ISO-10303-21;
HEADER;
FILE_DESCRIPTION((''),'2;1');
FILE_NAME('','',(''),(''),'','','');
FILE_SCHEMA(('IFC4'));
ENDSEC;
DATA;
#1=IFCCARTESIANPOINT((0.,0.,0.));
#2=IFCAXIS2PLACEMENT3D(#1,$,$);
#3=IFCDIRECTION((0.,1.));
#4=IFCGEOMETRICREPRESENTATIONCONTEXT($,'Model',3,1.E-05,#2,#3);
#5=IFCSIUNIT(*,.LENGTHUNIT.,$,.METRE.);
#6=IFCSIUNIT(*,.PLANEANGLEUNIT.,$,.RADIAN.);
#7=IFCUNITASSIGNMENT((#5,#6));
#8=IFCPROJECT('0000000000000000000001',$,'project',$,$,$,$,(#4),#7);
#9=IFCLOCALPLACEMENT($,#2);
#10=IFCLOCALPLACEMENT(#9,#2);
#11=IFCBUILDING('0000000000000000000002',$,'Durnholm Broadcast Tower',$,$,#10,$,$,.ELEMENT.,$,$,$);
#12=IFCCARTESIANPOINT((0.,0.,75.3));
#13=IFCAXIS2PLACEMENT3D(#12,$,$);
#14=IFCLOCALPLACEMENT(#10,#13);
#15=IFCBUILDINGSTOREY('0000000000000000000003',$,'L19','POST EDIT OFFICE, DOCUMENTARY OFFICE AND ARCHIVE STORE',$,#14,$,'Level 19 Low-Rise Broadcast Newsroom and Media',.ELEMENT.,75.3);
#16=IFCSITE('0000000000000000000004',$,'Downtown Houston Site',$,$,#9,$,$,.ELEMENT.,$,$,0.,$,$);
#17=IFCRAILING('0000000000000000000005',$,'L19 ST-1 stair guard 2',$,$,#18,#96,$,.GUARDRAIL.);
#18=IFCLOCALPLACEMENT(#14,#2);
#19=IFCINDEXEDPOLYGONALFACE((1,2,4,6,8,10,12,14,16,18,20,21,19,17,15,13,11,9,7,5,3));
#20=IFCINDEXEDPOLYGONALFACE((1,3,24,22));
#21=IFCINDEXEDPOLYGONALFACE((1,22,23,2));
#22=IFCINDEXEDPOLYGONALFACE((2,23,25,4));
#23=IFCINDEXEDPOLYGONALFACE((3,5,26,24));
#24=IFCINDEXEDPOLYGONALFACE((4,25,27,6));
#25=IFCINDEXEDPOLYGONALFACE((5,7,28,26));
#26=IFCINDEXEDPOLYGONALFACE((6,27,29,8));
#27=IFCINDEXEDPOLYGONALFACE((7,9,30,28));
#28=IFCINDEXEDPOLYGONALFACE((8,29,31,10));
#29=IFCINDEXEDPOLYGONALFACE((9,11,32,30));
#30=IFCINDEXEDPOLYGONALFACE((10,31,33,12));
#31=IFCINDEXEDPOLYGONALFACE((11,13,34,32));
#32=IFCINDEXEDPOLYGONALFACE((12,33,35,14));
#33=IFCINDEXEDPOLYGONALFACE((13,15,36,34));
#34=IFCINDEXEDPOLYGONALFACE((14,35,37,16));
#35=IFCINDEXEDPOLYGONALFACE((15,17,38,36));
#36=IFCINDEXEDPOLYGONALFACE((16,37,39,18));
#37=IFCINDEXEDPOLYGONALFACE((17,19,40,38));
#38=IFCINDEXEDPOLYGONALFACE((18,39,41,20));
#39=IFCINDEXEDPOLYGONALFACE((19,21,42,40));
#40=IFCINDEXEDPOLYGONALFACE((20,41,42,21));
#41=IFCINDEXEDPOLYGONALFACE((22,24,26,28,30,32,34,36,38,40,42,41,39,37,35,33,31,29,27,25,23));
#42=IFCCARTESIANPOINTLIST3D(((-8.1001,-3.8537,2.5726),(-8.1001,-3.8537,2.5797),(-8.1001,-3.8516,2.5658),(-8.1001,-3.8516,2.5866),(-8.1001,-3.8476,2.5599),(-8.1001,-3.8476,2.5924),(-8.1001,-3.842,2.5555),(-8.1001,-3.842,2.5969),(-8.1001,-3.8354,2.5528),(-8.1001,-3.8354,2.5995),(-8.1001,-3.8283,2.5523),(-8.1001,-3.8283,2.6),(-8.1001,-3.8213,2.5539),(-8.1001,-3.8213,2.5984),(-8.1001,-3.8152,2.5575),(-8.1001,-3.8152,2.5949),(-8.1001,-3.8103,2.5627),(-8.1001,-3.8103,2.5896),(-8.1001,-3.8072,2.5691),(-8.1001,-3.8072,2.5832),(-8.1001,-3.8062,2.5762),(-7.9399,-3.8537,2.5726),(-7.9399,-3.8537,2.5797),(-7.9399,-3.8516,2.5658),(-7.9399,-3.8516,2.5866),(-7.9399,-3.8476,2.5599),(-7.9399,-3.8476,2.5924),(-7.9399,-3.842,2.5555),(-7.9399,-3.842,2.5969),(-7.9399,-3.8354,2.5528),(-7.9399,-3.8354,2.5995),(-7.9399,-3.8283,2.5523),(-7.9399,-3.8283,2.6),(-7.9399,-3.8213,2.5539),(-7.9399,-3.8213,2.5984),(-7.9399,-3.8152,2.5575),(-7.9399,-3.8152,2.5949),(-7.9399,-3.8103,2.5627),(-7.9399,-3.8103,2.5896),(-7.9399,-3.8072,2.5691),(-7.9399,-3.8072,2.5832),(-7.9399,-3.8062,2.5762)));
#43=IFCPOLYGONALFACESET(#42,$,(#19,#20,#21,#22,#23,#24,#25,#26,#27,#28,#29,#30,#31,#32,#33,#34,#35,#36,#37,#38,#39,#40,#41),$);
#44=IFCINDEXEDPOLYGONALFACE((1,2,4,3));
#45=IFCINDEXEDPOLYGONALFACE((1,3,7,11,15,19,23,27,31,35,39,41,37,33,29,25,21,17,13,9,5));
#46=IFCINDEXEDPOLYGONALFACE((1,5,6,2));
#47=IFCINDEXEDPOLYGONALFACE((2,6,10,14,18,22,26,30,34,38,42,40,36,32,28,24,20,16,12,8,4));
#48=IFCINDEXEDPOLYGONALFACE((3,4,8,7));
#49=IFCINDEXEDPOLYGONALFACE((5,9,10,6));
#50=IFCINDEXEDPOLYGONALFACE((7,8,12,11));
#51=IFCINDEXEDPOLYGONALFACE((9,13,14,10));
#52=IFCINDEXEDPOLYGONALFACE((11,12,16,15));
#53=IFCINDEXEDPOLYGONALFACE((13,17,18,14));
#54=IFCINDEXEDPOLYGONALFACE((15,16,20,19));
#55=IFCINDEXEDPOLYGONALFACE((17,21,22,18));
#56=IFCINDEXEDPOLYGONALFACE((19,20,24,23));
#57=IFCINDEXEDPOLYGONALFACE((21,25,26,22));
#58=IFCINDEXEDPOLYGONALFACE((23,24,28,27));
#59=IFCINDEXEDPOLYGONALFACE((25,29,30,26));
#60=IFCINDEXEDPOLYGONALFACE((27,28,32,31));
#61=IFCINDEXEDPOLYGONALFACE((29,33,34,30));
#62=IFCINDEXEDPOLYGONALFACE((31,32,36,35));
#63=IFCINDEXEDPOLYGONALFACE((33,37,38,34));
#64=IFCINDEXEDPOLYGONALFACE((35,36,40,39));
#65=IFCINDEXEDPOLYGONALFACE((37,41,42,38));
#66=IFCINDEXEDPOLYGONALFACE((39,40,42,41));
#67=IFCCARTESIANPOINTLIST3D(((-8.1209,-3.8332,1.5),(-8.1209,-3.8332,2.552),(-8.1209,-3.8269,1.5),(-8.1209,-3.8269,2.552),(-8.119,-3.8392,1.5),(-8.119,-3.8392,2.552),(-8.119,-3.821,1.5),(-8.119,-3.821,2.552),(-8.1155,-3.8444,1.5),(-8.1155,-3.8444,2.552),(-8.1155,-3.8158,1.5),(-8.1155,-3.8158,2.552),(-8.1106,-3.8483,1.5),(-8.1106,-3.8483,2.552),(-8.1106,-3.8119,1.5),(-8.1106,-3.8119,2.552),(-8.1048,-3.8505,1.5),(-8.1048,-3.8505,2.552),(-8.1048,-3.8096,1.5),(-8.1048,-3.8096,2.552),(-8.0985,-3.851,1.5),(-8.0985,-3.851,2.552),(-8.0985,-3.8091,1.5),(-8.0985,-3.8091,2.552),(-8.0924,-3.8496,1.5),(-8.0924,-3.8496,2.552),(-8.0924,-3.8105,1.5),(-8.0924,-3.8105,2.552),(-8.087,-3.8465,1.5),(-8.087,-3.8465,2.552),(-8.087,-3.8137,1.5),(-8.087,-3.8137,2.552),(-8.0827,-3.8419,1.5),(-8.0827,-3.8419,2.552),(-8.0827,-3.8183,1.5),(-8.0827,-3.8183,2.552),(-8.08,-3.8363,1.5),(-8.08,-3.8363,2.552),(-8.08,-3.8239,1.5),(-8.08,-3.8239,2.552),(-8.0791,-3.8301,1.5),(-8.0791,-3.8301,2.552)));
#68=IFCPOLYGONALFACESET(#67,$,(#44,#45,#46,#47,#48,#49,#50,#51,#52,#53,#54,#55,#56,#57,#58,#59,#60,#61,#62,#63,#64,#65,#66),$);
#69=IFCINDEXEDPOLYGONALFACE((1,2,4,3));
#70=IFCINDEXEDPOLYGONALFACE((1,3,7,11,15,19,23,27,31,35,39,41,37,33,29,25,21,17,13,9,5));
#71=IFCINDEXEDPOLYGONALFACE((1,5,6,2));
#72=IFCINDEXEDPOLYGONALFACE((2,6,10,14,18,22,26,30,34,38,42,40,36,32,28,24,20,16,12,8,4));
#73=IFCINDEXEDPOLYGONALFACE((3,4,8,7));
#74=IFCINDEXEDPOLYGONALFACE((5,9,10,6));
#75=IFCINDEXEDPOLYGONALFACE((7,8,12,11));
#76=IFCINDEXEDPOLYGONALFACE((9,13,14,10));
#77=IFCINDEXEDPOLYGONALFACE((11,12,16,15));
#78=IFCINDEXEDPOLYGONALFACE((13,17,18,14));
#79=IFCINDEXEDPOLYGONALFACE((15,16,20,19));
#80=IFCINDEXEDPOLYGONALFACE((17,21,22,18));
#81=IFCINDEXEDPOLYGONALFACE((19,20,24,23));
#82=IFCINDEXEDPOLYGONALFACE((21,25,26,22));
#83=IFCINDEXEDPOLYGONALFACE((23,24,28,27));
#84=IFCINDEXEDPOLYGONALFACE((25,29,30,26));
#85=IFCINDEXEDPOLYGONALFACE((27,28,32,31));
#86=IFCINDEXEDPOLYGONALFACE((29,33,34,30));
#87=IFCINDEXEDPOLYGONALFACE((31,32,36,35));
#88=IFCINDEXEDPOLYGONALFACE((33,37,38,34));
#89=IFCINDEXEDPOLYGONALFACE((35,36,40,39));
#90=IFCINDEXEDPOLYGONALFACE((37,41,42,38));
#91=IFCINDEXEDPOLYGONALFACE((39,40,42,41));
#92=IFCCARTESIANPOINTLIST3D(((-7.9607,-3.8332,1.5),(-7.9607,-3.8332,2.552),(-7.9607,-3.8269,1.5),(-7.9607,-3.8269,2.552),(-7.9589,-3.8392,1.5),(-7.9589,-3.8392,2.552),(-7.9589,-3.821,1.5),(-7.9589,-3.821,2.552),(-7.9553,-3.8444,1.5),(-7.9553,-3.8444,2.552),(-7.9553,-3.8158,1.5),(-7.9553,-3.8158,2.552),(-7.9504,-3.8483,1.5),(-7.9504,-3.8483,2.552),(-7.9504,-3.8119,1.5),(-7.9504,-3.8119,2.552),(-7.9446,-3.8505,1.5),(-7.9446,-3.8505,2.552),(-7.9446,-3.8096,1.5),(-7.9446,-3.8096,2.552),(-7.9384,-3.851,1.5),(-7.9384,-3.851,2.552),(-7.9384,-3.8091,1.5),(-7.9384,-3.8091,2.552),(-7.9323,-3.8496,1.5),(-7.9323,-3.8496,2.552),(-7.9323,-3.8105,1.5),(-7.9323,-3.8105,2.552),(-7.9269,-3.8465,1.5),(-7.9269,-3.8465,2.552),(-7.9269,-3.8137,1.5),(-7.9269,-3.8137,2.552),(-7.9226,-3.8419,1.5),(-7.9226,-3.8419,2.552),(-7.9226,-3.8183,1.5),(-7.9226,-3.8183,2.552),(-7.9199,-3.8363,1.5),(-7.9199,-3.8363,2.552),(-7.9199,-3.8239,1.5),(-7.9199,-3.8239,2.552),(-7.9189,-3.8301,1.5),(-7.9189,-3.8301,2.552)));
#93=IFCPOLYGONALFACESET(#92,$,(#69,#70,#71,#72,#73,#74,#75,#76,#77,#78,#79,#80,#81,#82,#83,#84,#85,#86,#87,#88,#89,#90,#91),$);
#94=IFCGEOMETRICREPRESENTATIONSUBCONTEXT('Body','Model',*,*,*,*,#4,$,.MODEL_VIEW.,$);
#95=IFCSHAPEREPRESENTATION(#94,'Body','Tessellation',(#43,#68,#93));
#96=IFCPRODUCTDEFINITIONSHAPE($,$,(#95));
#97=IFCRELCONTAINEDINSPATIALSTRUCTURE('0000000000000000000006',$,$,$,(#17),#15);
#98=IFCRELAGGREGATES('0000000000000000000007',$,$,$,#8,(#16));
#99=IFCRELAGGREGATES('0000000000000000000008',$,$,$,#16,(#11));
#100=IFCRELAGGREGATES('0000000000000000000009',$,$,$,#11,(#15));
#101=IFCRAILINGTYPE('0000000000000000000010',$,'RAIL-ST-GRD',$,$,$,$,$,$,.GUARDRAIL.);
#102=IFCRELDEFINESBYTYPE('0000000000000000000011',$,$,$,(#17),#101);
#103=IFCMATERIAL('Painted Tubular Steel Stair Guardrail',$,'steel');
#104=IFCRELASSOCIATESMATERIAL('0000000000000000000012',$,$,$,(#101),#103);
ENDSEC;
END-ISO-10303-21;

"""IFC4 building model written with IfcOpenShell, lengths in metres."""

from ifc_helpers import new_model, si_unit, direction, frame, origin, origin_2d, place, context, subcontext, project, spatial, circle, extrude, material, type_object, element, save


model = new_model("IFC4")

# Units and contexts
model_context = context("Model", 3, precision=1e-05, world=origin(), true_north=direction((0.0, 1.0)))
body_context = subcontext(model_context, "Body", "Model", "MODEL_VIEW")
ifc_project = project(units=[si_unit("LENGTHUNIT", "METRE"), si_unit("PLANEANGLEUNIT", "RADIAN")], contexts=[model_context])

# Site, building, storey
site_placement = place(None, origin())
site = spatial("IfcSite", under=ifc_project, at=site_placement, Name="Downtown Houston Site", CompositionType="ELEMENT", RefElevation=0.0)
building_placement = place(site_placement, origin())
building = spatial("IfcBuilding", under=site, at=building_placement, Name="Durnholm Broadcast Tower", CompositionType="ELEMENT")
storey_placement = place(building_placement, frame((0.0, 0.0, 75.3)))
storey = spatial("IfcBuildingStorey", under=building, at=storey_placement, Name="L19", Description="POST EDIT OFFICE, DOCUMENTARY OFFICE AND ARCHIVE STORE", LongName="Level 19 Low-Rise Broadcast Newsroom and Media", CompositionType="ELEMENT", Elevation=75.3)

# Railing
ifc_material_1 = material(Name="Painted Tubular Steel Stair Guardrail", Category="steel")
railing_type_1 = type_object("IfcRailingType", Name="RAIL-ST-GRD", PredefinedType="GUARDRAIL", material=ifc_material_1)
railing_1_placement = place(storey_placement, frame((-8.1001, -3.8301, 1.5)))
element("IfcRailing", 1, at=railing_1_placement, inside=storey, type_object=railing_type_1, Name="L19 ST-1 stair guard 2", PredefinedType="GUARDRAIL", context=body_context, shape_type="SweptSolid", body=[
    extrude(circle(Radius=0.0239, at=origin_2d()), frame((0.0, 0.0, 1.0762), z_axis=(1.0, 0.0, 0.0), x_axis=(0.0, 1.0, 0.0)), (0.0, 0.0, 1.0), 0.1602),
    extrude(circle(Radius=0.021, at=origin_2d()), origin(), (0.0, 0.0, 1.0), 1.052),
    extrude(circle(Radius=0.021, at=origin_2d()), frame((0.1602, 0.0, 0.0)), (0.0, 0.0, 1.0), 1.052),
])

save(model, "model.ifc")
